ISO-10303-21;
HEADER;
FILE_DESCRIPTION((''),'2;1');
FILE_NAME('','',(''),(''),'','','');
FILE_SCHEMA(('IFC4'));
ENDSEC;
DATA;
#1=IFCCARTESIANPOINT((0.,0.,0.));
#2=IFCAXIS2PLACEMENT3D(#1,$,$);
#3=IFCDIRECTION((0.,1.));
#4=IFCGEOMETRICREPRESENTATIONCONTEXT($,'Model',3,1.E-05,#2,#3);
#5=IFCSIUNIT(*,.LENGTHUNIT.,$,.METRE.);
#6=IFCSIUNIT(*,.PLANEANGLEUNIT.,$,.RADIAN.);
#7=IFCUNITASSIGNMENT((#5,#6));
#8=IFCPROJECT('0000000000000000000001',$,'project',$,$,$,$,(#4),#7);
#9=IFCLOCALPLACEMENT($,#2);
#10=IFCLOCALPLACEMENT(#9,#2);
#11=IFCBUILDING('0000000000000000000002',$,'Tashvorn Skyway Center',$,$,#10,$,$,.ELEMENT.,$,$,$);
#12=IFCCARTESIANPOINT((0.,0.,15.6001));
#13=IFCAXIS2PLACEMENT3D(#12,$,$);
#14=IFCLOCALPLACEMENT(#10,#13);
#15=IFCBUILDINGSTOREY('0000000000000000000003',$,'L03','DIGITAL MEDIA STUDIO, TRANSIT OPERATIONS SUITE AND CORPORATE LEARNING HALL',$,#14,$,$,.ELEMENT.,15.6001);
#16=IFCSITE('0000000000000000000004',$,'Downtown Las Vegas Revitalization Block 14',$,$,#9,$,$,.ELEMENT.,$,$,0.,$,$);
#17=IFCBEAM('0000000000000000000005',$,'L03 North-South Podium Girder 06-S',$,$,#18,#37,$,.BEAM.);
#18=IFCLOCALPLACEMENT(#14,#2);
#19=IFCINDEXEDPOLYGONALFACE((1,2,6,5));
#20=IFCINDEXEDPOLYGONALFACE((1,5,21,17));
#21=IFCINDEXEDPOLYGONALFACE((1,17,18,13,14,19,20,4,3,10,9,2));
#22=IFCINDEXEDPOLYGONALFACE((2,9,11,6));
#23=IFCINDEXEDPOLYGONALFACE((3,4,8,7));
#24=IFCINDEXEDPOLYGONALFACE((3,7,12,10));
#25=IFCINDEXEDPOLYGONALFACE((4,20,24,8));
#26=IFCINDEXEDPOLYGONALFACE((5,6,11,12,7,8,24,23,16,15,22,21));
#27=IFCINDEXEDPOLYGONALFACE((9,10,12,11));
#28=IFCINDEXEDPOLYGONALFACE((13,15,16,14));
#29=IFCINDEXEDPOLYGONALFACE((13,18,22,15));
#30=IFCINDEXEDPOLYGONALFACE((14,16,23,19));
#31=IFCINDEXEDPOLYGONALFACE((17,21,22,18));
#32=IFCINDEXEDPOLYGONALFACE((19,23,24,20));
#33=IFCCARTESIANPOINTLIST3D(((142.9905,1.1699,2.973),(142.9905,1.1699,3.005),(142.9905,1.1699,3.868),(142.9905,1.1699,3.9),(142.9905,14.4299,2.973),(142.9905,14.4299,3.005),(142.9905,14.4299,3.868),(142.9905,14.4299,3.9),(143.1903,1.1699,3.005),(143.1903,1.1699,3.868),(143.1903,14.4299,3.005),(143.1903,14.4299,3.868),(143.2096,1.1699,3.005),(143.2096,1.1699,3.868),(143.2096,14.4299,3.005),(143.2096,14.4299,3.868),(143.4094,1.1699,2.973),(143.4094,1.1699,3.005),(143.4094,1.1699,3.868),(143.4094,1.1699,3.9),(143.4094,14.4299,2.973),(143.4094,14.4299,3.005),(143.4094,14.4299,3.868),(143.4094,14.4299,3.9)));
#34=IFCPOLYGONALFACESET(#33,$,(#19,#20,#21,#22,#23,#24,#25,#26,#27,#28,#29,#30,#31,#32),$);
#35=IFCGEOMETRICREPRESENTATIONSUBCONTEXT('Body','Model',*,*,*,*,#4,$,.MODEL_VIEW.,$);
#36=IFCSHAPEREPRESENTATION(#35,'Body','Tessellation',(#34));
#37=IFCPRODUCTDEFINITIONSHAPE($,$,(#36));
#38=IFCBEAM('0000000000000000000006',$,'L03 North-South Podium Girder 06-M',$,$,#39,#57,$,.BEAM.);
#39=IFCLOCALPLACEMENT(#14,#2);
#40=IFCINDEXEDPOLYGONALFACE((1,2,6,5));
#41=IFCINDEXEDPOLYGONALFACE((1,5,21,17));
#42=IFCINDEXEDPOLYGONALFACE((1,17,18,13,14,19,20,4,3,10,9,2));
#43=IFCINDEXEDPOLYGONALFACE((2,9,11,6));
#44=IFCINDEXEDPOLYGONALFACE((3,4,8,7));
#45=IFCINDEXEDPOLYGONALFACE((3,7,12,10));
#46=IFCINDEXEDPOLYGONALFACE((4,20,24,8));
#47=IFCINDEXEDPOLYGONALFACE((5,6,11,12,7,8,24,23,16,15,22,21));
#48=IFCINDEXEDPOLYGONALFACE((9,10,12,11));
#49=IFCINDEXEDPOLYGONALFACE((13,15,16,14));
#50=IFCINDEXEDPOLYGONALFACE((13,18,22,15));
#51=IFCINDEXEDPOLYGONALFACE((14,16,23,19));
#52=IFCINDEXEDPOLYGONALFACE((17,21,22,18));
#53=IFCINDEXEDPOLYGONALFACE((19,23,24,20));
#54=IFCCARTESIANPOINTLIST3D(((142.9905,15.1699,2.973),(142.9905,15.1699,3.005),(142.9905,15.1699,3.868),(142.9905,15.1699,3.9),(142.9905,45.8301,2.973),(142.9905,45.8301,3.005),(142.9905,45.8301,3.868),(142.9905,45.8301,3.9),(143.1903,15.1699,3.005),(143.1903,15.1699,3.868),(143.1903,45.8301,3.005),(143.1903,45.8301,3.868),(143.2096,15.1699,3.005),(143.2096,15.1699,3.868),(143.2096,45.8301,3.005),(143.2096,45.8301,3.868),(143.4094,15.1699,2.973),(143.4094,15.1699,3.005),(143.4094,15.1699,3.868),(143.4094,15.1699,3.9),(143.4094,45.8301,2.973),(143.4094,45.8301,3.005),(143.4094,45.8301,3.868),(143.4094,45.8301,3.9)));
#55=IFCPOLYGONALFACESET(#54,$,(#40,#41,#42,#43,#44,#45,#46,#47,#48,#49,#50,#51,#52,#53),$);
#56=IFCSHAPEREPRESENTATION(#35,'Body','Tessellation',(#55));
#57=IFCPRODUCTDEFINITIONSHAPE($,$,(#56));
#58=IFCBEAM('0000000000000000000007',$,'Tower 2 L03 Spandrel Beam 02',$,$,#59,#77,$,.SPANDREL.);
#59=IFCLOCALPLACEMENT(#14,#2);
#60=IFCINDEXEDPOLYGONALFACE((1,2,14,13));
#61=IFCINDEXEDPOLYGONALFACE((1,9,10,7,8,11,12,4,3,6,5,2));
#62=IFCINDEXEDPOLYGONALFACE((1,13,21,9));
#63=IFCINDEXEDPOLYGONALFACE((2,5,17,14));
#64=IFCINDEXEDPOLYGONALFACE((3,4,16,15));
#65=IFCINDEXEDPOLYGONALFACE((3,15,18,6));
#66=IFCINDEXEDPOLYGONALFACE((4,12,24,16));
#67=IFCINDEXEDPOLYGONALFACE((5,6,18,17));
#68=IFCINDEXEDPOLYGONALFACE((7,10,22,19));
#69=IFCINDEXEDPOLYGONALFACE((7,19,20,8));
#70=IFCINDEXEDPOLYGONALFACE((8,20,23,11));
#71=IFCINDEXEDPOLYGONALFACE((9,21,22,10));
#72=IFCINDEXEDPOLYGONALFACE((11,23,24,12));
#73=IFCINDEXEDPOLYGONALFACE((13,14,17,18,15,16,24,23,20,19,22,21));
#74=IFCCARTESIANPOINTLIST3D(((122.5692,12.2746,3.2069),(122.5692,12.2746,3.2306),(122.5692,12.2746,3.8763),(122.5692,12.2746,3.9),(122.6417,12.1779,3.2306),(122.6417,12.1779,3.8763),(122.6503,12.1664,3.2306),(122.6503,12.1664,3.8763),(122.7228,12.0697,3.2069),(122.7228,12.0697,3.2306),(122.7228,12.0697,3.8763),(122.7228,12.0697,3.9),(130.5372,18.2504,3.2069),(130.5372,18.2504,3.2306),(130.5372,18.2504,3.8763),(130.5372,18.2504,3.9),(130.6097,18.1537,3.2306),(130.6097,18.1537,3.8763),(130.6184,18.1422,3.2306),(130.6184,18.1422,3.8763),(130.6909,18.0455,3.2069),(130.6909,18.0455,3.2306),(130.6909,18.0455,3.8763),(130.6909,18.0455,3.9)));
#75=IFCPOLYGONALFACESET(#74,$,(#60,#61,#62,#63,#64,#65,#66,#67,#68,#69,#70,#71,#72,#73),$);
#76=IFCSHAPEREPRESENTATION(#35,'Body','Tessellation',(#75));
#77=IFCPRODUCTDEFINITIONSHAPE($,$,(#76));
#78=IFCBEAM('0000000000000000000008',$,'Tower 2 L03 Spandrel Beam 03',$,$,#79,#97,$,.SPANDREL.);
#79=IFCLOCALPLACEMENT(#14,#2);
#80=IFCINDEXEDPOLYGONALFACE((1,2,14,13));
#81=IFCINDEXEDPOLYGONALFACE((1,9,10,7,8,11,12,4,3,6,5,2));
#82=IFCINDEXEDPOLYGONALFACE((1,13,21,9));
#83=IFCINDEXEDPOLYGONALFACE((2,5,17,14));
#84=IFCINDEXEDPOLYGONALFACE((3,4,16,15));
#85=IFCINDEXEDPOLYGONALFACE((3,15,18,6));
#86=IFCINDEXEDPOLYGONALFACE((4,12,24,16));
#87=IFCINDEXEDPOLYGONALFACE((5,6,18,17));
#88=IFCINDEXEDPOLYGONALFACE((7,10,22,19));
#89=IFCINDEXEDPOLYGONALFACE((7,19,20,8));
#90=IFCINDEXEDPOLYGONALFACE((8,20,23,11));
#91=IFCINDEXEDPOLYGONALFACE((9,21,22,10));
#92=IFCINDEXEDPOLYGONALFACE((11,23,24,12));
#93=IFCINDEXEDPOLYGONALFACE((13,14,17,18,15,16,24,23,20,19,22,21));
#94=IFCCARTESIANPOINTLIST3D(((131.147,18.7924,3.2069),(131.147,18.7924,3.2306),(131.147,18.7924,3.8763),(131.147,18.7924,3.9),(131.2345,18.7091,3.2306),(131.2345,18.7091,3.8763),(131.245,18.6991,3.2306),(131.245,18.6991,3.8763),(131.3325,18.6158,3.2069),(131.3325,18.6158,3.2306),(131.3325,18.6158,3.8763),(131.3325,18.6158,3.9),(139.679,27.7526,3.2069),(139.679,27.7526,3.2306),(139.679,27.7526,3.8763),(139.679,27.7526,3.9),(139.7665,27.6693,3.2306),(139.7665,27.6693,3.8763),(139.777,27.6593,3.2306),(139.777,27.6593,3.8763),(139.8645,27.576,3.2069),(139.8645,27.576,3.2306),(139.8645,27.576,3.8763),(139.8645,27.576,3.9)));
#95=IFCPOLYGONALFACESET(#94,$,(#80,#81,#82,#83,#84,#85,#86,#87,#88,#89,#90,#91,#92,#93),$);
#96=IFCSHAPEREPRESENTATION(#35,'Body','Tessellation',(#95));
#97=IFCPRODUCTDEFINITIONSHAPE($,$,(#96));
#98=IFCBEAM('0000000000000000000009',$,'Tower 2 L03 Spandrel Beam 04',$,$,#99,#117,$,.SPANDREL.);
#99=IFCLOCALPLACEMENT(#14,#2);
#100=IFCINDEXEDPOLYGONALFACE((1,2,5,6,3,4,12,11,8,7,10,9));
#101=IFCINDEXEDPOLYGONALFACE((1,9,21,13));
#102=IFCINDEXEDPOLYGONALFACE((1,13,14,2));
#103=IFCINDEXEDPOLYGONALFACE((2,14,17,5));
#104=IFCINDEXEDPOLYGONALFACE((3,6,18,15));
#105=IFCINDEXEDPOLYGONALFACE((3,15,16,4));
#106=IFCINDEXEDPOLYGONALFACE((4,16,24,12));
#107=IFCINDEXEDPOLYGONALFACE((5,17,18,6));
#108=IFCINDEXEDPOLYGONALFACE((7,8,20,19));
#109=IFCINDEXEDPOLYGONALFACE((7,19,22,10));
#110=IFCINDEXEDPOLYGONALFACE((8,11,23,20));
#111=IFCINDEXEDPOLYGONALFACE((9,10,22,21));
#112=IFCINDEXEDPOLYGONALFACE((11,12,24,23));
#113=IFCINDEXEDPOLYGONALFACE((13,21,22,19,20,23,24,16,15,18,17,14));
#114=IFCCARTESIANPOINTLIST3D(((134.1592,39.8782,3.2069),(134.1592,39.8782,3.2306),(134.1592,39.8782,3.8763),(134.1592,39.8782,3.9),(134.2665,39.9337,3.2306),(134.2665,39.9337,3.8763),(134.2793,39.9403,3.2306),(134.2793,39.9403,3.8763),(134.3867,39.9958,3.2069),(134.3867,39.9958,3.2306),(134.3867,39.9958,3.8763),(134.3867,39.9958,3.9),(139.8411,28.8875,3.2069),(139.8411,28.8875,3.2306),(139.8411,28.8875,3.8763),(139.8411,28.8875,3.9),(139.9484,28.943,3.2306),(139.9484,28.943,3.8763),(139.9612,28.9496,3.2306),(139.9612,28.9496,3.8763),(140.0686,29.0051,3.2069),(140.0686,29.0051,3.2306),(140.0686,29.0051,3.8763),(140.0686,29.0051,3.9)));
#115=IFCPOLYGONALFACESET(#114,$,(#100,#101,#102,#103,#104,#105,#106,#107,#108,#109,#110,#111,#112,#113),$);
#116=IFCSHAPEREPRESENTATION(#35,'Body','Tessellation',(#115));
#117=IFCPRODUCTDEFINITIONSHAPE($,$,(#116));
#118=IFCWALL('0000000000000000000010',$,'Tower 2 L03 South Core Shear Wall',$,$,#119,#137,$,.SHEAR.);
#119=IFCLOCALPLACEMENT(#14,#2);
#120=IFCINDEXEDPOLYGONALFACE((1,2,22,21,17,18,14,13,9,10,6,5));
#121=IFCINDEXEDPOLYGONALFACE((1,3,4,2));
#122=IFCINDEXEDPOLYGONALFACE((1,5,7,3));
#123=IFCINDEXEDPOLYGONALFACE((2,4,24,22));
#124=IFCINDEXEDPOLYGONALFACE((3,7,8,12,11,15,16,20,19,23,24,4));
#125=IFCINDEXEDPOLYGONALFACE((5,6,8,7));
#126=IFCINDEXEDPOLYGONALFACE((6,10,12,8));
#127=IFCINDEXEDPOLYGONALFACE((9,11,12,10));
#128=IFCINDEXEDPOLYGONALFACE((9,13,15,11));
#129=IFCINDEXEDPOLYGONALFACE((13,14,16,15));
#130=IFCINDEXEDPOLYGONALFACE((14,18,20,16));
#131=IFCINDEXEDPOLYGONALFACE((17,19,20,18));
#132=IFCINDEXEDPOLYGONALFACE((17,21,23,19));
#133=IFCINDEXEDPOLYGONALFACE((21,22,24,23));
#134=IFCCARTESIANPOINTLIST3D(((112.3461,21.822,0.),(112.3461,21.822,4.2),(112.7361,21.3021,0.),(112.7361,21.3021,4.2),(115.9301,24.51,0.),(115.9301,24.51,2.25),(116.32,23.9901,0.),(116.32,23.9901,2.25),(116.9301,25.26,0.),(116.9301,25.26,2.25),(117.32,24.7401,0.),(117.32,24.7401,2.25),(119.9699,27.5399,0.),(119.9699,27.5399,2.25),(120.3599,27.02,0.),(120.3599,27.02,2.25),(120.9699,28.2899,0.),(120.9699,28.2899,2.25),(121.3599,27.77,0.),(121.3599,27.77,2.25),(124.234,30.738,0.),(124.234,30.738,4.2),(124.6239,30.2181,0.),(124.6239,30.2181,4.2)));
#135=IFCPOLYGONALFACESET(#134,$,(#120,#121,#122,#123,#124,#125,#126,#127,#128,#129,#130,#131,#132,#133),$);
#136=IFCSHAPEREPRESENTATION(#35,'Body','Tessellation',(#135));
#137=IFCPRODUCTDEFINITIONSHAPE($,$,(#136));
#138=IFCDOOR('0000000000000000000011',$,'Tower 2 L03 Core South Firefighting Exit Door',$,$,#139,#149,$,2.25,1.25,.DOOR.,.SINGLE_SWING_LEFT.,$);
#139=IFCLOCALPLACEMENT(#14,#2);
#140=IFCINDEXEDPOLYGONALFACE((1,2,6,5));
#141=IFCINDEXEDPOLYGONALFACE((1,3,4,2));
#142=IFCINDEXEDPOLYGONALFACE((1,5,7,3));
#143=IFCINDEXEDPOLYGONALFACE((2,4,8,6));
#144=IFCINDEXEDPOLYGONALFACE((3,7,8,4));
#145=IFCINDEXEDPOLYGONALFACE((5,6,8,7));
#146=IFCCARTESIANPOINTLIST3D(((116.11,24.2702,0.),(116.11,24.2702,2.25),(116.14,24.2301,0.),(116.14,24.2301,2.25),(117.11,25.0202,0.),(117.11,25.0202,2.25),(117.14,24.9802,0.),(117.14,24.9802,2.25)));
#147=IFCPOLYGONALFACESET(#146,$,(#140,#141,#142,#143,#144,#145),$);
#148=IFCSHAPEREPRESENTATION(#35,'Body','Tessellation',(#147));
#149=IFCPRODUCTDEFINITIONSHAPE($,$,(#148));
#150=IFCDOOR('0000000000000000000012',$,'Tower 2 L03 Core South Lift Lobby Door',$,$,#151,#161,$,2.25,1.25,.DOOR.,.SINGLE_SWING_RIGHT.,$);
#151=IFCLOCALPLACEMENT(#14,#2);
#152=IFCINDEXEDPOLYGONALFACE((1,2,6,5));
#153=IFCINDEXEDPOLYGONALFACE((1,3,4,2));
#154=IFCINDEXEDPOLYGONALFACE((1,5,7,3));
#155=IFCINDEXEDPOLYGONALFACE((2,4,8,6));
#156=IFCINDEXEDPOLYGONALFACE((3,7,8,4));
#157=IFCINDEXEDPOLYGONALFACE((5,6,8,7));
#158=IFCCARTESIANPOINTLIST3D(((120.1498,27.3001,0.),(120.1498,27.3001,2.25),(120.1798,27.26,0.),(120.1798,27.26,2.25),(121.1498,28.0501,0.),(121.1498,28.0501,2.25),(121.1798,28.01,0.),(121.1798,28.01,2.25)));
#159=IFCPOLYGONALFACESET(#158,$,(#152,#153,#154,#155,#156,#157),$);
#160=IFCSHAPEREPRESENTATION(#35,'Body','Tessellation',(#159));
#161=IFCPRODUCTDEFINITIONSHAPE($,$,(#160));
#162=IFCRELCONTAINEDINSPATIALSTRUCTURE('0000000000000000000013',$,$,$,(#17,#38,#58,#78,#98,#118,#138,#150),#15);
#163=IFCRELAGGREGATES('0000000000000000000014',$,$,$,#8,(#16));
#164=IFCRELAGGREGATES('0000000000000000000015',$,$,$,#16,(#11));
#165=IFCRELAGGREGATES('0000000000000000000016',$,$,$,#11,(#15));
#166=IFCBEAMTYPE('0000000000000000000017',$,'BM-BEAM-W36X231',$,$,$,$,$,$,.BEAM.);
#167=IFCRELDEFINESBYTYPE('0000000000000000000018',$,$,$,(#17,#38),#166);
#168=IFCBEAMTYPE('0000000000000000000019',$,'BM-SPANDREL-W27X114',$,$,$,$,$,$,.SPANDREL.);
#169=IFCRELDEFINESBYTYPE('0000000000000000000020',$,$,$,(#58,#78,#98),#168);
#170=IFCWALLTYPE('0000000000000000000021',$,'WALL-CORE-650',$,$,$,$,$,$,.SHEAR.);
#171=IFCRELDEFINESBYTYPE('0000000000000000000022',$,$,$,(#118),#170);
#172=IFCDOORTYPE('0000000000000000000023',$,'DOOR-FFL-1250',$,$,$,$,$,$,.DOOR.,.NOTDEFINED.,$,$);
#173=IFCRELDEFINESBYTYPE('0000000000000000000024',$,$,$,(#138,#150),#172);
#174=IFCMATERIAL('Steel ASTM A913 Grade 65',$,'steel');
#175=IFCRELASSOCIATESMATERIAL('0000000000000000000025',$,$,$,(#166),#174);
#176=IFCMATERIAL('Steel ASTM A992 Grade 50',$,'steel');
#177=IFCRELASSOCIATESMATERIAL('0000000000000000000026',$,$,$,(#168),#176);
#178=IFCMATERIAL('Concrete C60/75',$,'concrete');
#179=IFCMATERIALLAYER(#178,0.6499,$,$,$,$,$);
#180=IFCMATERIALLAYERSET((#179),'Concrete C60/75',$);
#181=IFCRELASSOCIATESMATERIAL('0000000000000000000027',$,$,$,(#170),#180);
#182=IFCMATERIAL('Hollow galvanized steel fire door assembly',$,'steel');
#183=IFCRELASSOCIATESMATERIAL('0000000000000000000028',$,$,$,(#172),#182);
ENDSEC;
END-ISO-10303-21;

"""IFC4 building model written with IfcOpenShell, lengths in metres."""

from ifc_helpers import new_model, si_unit, direction, frame, frame_2d, origin, origin_2d, place, context, subcontext, project, spatial, rectangle, i_section, extrude, material, layer, layer_set, material_profile, profile_set, type_object, element, fill, save


model = new_model("IFC4")

# Units and contexts
model_context = context("Model", 3, precision=1e-05, world=origin(), true_north=direction((0.0, 1.0)))
body_context = subcontext(model_context, "Body", "Model", "MODEL_VIEW")
ifc_project = project(units=[si_unit("LENGTHUNIT", "METRE"), si_unit("PLANEANGLEUNIT", "RADIAN")], contexts=[model_context])

# Site, building, storey
site_placement = place(None, origin())
site = spatial("IfcSite", under=ifc_project, at=site_placement, Name="Downtown Las Vegas Revitalization Block 14", CompositionType="ELEMENT", RefElevation=0.0)
building_placement = place(site_placement, origin())
building = spatial("IfcBuilding", under=site, at=building_placement, Name="Tashvorn Skyway Center", CompositionType="ELEMENT")
storey_placement = place(building_placement, frame((0.0, 0.0, 15.6001)))
storey = spatial("IfcBuildingStorey", under=building, at=storey_placement, Name="L03", Description="DIGITAL MEDIA STUDIO, TRANSIT OPERATIONS SUITE AND CORPORATE LEARNING HALL", CompositionType="ELEMENT", Elevation=15.6001)

# Beams
ifc_material_1 = material(Name="Steel ASTM A913 Grade 65", Category="steel")
ifc_material_profile_1 = material_profile(ifc_material_1, i_section(OverallWidth=0.4189, OverallDepth=0.927, WebThickness=0.0193, FlangeThickness=0.032, at=origin_2d()), Name="W36X231")
ifc_profile_set_1 = profile_set([ifc_material_profile_1], Name="Steel ASTM A913 Grade 65")
beam_type_1 = type_object("IfcBeamType", Name="BM-BEAM-W36X231", PredefinedType="BEAM", material=ifc_profile_set_1)
beam_1_placement = place(storey_placement, frame((143.2, 1.1699, 3.4365), z_axis=(0.0, 1.0, 0.0), x_axis=(-1.0, 0.0, 0.0)))
element("IfcBeam", 1, at=beam_1_placement, inside=storey, type_object=beam_type_1, Name="L03 North-South Podium Girder 06-S", PredefinedType="BEAM", context=body_context, shape_type="SweptSolid", body=[
    extrude(i_section(OverallWidth=0.4189, OverallDepth=0.927, WebThickness=0.0193, FlangeThickness=0.032, at=origin_2d()), origin(), (0.0, 0.0, 1.0), 13.26),
])
beam_2_placement = place(storey_placement, frame((143.2, 15.1699, 3.4365), z_axis=(0.0, 1.0, 0.0), x_axis=(-1.0, 0.0, 0.0)))
element("IfcBeam", 2, at=beam_2_placement, inside=storey, type_object=beam_type_1, Name="L03 North-South Podium Girder 06-M", PredefinedType="BEAM", context=body_context, shape_type="SweptSolid", body=[
    extrude(i_section(OverallWidth=0.4189, OverallDepth=0.927, WebThickness=0.0193, FlangeThickness=0.032, at=origin_2d()), origin(), (0.0, 0.0, 1.0), 30.6602),
])
ifc_material_2 = material(Name="Steel ASTM A992 Grade 50", Category="steel")
ifc_material_profile_2 = material_profile(ifc_material_2, i_section(OverallWidth=0.2561, OverallDepth=0.6931, WebThickness=0.0144, FlangeThickness=0.0237, at=origin_2d()), Name="W27X114")
ifc_profile_set_2 = profile_set([ifc_material_profile_2], Name="Steel ASTM A992 Grade 50")
beam_type_2 = type_object("IfcBeamType", Name="BM-SPANDREL-W27X114", PredefinedType="SPANDREL", material=ifc_profile_set_2)
beam_3_placement = place(storey_placement, frame((122.646, 12.1721, 3.5535), z_axis=(0.800009, 0.599988, 0.0), x_axis=(-0.599988, 0.800009, 0.0)))
element("IfcBeam", 3, at=beam_3_placement, inside=storey, type_object=beam_type_2, Name="Tower 2 L03 Spandrel Beam 02", PredefinedType="SPANDREL", context=body_context, shape_type="SweptSolid", body=[
    extrude(i_section(OverallWidth=0.2561, OverallDepth=0.6931, WebThickness=0.0144, FlangeThickness=0.0237, at=origin_2d()), origin(), (0.0, 0.0, 1.0), 9.96),
])
for number, where, z_axis, x_axis, name in (
    (4, (131.2397, 18.7041, 3.5535), (0.68959, 0.7242, 0.0), (-0.7242, 0.68959, 0.0), "Tower 2 L03 Spandrel Beam 03"),
    (5, (139.9548, 28.9463, 3.5535), (-0.459233, 0.888316, 0.0), (-0.888316, -0.459233, 0.0), "Tower 2 L03 Spandrel Beam 04"),
):
    element("IfcBeam", number, at=place(storey_placement, frame(where, z_axis=z_axis, x_axis=x_axis)), inside=storey, type_object=beam_type_2, Name=name, PredefinedType="SPANDREL", context=body_context, shape_type="SweptSolid", body=[
        extrude(i_section(OverallWidth=0.2561, OverallDepth=0.6931, WebThickness=0.0144, FlangeThickness=0.0237, at=origin_2d()), origin(), (0.0, 0.0, 1.0), 12.3726),
    ])

# Wall, openings, doors
ifc_material_3 = material(Name="Concrete C60/75", Category="concrete")
ifc_layer_1 = layer(ifc_material_3, 0.6499)
ifc_layer_set_1 = layer_set([ifc_layer_1], Name="Concrete C60/75")
wall_type_1 = type_object("IfcWallType", Name="WALL-CORE-650", PredefinedType="SHEAR", material=ifc_layer_set_1)
wall_1_placement = place(storey_placement, frame((124.429, 30.478, 0.0), z_axis=(0.0, 0.0, 1.0), x_axis=(-0.799998, -0.600003, 0.0)))
wall_1 = element("IfcWall", 6, at=wall_1_placement, inside=storey, type_object=wall_type_1, Name="Tower 2 L03 South Core Shear Wall", PredefinedType="SHEAR", context=body_context, shape_type="SweptSolid", body=[
    extrude(rectangle(XDim=14.8599, YDim=0.6499, at=frame_2d((7.4299, 0.0))), origin(), (0.0, 0.0, 1.0), 4.2),
])
opening_1_placement = place(wall_1_placement, frame((9.1299, 0.0, 0.0)))
opening_1 = element("IfcOpeningElement", 7, at=opening_1_placement, cuts=wall_1, PredefinedType="OPENING", context=body_context, shape_type="SweptSolid", body=[
    extrude(rectangle(XDim=1.25, YDim=2.25, at=frame_2d((0.625, 1.125))), frame((0.0, 0.335, 0.0), z_axis=(0.0, -1.0, 0.0), x_axis=(1.0, 0.0, 0.0)), (0.0, 0.0, 1.0), 0.6699),
])
opening_2_placement = place(wall_1_placement, frame((4.0801, 0.0, 0.0)))
opening_2 = element("IfcOpeningElement", 8, at=opening_2_placement, cuts=wall_1, PredefinedType="OPENING", context=body_context, shape_type="SweptSolid", body=[
    extrude(rectangle(XDim=1.25, YDim=2.25, at=frame_2d((0.625, 1.125))), frame((0.0, 0.335, 0.0), z_axis=(0.0, -1.0, 0.0), x_axis=(1.0, 0.0, 0.0)), (0.0, 0.0, 1.0), 0.6699),
])
ifc_material_4 = material(Name="Hollow galvanized steel fire door assembly", Category="steel")
door_type = type_object("IfcDoorType", Name="DOOR-FFL-1250", OperationType="NOTDEFINED", PredefinedType="DOOR", material=ifc_material_4)
door_1_placement = place(opening_1_placement, origin())
door_1 = element("IfcDoor", 9, at=door_1_placement, inside=storey, type_object=door_type, Name="Tower 2 L03 Core South Firefighting Exit Door", OperationType="SINGLE_SWING_LEFT", OverallHeight=2.25, OverallWidth=1.25, PredefinedType="DOOR", context=body_context, shape_type="SweptSolid", body=[
    extrude(rectangle(XDim=1.25, YDim=2.25, at=frame_2d((0.625, 1.125))), frame((0.0, 0.0249, 0.0), z_axis=(0.0, -1.0, 0.0), x_axis=(1.0, 0.0, 0.0)), (0.0, 0.0, 1.0), 0.05),
])
fill(opening_1, door_1)
door_2_placement = place(opening_2_placement, origin())
door_2 = element("IfcDoor", 10, at=door_2_placement, inside=storey, type_object=door_type, Name="Tower 2 L03 Core South Lift Lobby Door", OperationType="SINGLE_SWING_RIGHT", OverallHeight=2.25, OverallWidth=1.25, PredefinedType="DOOR", context=body_context, shape_type="SweptSolid", body=[
    extrude(rectangle(XDim=1.25, YDim=2.25, at=frame_2d((0.625, 1.125))), frame((0.0, 0.0249, 0.0), z_axis=(0.0, -1.0, 0.0), x_axis=(1.0, 0.0, 0.0)), (0.0, 0.0, 1.0), 0.05),
])
fill(opening_2, door_2)

save(model, "model.ifc")
